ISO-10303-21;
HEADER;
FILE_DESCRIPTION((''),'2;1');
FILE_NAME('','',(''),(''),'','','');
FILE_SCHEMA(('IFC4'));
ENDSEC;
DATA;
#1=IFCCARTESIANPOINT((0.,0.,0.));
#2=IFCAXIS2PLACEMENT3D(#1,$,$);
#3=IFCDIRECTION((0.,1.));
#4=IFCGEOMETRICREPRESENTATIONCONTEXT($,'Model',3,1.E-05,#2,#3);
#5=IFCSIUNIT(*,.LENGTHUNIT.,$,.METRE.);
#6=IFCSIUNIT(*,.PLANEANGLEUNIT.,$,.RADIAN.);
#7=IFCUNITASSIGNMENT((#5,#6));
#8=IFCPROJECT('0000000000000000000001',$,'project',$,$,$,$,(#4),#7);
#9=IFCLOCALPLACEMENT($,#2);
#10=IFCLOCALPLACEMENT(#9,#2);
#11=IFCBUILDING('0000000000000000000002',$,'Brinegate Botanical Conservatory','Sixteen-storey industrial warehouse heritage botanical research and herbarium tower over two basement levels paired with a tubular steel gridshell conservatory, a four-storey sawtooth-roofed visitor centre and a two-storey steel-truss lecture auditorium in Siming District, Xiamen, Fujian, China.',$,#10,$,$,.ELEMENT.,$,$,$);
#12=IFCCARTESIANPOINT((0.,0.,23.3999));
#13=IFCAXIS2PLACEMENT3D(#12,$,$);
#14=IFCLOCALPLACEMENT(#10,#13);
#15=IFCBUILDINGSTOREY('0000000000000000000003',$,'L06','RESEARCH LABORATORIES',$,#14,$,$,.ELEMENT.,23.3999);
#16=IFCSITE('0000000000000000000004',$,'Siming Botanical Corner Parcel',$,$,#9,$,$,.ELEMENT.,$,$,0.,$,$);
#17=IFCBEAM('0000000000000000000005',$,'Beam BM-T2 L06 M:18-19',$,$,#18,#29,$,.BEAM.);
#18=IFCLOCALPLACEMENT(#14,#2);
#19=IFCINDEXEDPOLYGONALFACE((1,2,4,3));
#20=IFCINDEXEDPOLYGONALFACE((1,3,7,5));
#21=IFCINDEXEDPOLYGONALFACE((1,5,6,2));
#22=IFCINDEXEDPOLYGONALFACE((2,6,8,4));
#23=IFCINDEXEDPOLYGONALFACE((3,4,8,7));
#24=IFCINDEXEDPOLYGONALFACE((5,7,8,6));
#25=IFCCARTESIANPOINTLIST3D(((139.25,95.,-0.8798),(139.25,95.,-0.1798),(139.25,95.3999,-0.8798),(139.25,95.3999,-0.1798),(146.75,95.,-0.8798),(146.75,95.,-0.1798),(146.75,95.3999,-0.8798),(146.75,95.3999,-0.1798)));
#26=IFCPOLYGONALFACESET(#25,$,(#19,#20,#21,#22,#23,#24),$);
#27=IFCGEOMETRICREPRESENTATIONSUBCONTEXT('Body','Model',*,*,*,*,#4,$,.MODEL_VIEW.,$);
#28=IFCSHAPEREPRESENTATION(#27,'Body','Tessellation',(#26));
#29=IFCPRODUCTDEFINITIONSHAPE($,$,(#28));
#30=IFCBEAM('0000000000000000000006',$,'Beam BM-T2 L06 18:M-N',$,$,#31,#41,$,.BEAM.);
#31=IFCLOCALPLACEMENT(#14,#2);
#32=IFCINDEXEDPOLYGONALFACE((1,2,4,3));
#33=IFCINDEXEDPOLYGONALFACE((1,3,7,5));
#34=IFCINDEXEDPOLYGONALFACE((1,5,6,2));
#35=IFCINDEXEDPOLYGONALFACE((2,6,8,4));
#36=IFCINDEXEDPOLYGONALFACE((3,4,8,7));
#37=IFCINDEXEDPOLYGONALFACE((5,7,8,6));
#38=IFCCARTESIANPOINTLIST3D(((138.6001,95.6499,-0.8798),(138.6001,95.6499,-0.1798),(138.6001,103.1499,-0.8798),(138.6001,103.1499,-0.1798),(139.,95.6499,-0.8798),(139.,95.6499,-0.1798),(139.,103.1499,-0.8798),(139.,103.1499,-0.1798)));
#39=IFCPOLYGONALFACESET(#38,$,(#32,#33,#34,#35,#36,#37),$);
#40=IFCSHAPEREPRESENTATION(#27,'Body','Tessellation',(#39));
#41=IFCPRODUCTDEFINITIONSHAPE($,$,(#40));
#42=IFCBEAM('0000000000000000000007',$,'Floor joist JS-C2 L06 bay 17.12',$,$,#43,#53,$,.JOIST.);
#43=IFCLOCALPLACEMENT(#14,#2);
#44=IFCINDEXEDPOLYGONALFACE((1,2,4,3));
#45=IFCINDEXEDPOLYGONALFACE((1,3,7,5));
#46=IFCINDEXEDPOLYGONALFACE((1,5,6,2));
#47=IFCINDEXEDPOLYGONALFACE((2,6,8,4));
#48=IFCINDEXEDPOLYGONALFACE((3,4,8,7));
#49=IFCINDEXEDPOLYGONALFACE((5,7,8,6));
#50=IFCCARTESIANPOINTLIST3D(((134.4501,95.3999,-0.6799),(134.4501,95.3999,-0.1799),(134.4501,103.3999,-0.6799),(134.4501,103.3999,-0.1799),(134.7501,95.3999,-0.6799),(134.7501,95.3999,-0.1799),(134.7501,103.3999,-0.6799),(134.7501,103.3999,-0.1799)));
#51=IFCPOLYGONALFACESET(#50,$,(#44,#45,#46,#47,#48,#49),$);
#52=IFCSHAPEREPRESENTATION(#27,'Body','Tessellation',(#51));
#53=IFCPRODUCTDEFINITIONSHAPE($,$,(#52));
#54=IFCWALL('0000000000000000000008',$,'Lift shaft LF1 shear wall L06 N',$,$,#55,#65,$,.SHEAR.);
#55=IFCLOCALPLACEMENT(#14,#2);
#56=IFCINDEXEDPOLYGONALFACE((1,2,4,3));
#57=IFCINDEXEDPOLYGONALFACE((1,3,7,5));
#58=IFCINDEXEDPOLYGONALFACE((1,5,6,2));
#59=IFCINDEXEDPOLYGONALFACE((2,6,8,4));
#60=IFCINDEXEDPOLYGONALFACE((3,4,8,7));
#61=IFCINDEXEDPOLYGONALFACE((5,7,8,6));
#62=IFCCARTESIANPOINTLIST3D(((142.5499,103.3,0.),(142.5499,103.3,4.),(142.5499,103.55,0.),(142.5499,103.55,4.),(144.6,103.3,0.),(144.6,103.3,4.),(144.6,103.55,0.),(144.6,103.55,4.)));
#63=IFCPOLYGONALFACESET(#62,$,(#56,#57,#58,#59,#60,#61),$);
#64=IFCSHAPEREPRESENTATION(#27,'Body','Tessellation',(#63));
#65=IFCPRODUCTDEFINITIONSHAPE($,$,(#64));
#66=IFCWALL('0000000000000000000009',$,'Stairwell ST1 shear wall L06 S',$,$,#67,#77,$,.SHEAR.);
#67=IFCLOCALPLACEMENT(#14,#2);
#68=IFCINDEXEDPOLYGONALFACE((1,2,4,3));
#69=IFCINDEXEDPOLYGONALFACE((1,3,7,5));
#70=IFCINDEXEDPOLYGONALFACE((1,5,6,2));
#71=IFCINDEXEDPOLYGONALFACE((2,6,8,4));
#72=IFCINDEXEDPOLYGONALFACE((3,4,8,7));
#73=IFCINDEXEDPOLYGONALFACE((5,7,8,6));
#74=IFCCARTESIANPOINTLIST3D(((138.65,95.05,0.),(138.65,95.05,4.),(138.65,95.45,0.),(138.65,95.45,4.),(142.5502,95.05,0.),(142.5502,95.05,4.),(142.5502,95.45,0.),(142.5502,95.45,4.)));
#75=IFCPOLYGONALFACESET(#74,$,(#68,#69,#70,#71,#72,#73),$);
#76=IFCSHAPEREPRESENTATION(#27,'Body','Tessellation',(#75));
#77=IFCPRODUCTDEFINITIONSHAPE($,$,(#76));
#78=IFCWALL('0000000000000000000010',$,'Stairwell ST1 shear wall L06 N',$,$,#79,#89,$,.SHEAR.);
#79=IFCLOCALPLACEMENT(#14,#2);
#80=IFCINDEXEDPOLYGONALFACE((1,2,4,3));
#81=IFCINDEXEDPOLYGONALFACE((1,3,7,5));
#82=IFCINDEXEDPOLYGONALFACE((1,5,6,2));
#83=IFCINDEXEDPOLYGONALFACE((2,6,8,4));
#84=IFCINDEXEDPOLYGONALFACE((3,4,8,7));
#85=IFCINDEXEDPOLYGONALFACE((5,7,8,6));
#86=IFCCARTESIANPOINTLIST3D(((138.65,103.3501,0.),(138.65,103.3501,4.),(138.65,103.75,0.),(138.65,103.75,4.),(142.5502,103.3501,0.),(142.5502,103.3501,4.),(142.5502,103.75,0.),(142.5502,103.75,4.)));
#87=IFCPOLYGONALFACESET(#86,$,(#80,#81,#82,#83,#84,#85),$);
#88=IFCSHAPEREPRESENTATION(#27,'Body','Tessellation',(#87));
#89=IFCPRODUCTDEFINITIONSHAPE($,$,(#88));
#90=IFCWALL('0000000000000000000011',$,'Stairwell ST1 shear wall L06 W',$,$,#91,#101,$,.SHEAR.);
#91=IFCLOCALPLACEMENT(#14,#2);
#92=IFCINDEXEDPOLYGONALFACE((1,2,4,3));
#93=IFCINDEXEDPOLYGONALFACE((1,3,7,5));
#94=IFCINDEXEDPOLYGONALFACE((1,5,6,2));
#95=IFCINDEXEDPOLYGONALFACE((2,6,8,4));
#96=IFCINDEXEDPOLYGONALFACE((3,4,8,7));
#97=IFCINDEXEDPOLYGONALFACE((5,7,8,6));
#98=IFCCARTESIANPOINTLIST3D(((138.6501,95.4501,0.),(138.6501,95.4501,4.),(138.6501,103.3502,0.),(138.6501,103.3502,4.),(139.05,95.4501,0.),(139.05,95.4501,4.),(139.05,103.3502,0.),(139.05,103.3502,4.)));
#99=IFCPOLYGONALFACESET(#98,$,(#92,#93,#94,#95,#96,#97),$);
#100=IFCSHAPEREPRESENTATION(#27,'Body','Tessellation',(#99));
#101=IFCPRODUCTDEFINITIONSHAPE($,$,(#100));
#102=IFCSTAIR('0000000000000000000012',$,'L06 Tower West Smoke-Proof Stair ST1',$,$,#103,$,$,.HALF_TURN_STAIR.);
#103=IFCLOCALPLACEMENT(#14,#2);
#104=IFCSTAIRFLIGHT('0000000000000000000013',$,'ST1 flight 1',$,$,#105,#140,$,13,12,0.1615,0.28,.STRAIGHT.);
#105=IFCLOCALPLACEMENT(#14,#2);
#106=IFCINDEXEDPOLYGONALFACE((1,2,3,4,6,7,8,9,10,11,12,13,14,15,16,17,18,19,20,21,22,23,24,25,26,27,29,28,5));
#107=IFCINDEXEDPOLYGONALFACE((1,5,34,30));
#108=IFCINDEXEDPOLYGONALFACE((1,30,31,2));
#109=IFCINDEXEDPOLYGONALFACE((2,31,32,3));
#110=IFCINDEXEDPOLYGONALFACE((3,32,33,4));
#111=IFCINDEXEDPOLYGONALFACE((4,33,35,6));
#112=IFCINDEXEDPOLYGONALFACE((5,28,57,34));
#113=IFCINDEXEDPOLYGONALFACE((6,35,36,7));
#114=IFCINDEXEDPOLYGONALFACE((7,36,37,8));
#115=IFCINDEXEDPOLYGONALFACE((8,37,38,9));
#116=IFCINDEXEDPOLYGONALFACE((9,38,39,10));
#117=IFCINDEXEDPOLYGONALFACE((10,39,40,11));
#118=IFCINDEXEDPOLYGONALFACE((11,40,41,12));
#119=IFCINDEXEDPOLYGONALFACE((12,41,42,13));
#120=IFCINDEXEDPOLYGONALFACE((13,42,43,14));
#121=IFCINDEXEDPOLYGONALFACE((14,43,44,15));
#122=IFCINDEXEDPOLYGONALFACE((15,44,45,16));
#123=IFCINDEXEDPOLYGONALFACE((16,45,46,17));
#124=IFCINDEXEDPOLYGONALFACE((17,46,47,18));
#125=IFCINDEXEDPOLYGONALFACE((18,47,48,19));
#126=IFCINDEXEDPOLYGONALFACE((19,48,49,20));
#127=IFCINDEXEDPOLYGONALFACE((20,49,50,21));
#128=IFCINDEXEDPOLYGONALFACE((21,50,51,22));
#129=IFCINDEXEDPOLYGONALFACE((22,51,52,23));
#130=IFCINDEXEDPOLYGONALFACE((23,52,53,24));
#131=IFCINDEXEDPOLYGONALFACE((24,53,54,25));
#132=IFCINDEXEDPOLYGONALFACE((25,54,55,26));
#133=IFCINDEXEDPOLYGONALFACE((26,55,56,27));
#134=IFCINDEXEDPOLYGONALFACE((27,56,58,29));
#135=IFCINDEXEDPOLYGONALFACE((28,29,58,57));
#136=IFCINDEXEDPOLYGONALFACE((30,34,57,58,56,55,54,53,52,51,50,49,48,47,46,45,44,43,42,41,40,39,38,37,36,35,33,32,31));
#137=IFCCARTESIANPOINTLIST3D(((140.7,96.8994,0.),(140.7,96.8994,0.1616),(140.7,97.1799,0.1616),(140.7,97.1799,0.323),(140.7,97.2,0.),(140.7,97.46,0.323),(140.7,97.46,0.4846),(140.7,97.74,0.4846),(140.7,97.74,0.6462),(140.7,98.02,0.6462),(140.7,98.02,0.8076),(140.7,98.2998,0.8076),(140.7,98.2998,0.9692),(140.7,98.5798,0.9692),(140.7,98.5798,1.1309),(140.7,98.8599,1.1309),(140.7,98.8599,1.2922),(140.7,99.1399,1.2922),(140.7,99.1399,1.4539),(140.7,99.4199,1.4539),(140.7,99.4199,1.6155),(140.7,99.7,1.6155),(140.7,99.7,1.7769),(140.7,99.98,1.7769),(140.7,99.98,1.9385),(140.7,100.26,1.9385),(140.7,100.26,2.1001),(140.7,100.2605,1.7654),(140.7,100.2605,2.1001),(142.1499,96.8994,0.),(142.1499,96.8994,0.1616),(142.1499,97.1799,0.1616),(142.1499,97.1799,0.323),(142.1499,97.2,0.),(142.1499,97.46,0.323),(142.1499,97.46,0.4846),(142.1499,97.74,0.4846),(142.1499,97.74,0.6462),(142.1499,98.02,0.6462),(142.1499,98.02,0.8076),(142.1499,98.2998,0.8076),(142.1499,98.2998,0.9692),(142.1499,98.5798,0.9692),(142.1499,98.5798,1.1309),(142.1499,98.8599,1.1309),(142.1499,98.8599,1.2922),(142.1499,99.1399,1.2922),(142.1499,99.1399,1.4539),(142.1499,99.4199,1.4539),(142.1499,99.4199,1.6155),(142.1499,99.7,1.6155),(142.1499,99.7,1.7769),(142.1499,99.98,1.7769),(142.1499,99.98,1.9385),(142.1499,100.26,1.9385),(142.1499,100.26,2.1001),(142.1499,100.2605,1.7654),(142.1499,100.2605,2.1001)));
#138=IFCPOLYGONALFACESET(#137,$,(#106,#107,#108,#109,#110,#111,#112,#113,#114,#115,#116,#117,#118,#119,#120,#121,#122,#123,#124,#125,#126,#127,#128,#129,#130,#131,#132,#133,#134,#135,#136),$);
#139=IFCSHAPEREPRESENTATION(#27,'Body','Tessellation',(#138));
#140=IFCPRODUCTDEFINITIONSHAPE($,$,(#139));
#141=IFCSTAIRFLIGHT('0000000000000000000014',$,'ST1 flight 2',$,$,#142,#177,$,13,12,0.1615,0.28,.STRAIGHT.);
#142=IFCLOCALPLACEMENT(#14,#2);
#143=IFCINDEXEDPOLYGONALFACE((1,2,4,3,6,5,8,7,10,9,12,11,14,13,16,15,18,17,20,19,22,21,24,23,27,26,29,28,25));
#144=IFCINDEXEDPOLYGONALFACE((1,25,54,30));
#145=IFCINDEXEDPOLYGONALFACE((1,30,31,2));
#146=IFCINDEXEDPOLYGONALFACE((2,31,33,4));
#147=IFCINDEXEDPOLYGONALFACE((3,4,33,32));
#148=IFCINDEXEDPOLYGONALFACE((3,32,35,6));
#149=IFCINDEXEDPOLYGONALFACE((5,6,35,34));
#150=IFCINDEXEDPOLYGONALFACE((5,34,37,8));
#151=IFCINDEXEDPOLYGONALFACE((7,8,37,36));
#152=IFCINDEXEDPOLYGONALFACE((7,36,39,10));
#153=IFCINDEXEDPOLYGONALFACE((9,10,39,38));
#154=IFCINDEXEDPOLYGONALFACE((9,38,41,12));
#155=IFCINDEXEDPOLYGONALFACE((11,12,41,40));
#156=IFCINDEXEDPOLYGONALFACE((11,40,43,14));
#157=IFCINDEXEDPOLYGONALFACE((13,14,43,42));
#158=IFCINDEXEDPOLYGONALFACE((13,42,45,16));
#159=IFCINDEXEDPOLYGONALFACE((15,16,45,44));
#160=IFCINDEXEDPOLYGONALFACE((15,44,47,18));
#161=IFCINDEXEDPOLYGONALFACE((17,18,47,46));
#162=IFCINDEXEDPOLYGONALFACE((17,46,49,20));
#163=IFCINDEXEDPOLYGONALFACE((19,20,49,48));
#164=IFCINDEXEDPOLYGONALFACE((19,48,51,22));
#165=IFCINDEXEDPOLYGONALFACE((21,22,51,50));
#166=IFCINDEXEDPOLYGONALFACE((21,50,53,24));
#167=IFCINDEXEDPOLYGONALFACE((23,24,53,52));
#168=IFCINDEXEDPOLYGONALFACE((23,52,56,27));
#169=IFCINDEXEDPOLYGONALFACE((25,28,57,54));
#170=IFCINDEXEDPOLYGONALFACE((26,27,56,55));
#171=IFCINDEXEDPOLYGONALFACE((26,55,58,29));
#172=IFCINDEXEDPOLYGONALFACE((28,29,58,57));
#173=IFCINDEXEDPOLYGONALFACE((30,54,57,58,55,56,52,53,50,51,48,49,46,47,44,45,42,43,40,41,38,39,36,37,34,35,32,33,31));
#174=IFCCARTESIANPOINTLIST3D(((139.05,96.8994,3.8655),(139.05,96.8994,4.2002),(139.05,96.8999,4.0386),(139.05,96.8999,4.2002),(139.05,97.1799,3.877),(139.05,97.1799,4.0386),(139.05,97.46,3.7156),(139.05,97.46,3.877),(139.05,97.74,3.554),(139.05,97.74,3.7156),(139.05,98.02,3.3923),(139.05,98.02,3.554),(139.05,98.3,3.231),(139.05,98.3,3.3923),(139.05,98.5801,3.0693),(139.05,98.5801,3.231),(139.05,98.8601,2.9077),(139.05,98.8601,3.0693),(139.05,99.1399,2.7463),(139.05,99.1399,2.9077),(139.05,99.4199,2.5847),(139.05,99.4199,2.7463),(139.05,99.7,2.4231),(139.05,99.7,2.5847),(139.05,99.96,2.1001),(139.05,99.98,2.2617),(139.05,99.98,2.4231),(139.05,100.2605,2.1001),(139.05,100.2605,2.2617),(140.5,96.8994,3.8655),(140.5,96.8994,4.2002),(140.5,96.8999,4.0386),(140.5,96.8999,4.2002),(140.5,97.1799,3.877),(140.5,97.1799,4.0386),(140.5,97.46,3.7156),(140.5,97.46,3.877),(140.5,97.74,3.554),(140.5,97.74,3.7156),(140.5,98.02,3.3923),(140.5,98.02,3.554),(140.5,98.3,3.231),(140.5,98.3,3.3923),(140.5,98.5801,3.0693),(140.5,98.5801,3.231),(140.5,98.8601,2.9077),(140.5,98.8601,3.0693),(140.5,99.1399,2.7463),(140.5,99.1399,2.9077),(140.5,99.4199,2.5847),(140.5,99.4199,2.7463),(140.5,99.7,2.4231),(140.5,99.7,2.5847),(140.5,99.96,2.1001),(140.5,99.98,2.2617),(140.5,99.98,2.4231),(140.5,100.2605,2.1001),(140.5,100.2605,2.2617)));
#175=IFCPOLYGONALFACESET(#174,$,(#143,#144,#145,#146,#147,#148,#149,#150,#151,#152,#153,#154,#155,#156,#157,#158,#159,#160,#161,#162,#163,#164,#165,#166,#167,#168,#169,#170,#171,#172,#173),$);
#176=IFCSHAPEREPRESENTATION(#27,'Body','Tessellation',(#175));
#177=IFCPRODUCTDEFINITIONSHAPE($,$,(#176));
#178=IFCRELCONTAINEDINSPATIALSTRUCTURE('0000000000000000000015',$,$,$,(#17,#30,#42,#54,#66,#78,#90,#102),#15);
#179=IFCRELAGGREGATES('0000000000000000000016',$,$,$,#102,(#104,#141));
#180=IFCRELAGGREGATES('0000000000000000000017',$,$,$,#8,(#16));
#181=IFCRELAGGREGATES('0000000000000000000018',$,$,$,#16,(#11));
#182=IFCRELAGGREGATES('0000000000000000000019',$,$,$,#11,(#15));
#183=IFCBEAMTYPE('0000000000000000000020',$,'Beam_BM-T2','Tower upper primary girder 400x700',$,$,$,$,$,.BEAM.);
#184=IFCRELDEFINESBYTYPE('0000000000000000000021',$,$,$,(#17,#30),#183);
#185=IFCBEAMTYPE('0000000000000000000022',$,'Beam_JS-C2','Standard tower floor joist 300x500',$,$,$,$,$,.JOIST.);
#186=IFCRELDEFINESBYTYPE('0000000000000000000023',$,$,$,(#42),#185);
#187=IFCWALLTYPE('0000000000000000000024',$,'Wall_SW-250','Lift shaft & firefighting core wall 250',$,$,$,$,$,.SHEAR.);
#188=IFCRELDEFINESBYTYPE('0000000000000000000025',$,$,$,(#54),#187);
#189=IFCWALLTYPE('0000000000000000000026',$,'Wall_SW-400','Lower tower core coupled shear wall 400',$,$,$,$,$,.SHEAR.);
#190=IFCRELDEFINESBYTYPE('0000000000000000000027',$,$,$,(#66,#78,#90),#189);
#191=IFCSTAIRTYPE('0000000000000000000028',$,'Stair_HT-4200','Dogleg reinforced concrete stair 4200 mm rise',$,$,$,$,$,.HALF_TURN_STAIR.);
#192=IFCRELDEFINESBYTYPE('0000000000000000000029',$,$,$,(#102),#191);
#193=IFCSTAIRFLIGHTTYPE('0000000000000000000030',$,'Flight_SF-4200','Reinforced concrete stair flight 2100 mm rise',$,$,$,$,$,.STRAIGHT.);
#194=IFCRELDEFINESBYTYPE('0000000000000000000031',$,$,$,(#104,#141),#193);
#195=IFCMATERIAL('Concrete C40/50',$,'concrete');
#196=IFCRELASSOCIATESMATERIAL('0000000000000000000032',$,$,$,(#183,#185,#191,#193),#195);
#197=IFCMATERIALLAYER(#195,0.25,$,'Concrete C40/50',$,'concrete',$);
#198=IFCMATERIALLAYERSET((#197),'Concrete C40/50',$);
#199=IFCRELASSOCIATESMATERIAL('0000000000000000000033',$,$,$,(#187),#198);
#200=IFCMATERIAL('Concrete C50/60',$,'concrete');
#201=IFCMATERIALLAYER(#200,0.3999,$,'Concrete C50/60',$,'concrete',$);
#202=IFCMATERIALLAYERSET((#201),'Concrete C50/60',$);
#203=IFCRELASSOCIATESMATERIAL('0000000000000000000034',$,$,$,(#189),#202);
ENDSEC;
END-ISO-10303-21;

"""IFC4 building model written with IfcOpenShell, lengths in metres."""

from ifc_helpers import new_model, si_unit, direction, frame, frame_2d, origin, origin_2d, place, context, subcontext, project, spatial, polyline, rectangle, outline, extrude, material, layer, layer_set, material_profile, profile_set, type_object, element, aggregate, save


model = new_model("IFC4")

# Units and contexts
model_context = context("Model", 3, precision=1e-05, world=origin(), true_north=direction((0.0, 1.0)))
body_context = subcontext(model_context, "Body", "Model", "MODEL_VIEW")
ifc_project = project(units=[si_unit("LENGTHUNIT", "METRE"), si_unit("PLANEANGLEUNIT", "RADIAN")], contexts=[model_context])

# Site, building, storey
site_placement = place(None, origin())
site = spatial("IfcSite", under=ifc_project, at=site_placement, Name="Siming Botanical Corner Parcel", CompositionType="ELEMENT", RefElevation=0.0)
building_placement = place(site_placement, origin())
building = spatial("IfcBuilding", under=site, at=building_placement, Name="Brinegate Botanical Conservatory", Description="Sixteen-storey industrial warehouse heritage botanical research and herbarium tower over two basement levels paired with a tubular steel gridshell conservatory, a four-storey sawtooth-roofed visitor centre and a two-storey steel-truss lecture auditorium in Siming District, Xiamen, Fujian, China.", CompositionType="ELEMENT")
storey_placement = place(building_placement, frame((0.0, 0.0, 23.3999)))
storey = spatial("IfcBuildingStorey", under=building, at=storey_placement, Name="L06", Description="RESEARCH LABORATORIES", CompositionType="ELEMENT", Elevation=23.3999)

# Beams
ifc_material_1 = material(Name="Concrete C40/50", Category="concrete")
ifc_material_profile_1 = material_profile(ifc_material_1, rectangle(XDim=0.3999, YDim=0.7, at=origin_2d()), Name="RC BM 400x700")
ifc_profile_set_1 = profile_set([ifc_material_profile_1], Name="Concrete C40/50")
beam_type_1 = type_object("IfcBeamType", Name="Beam_BM-T2", Description="Tower upper primary girder 400x700", PredefinedType="BEAM", material=ifc_profile_set_1)
for number, where, z_axis, x_axis, name in (
    (1, (139.25, 95.2, -0.5298), (1.0, 0.0, 0.0), (0.0, 1.0, 0.0), "Beam BM-T2 L06 M:18-19"),
    (2, (138.8, 95.6499, -0.5298), (0.0, 1.0, 0.0), (-1.0, 0.0, 0.0), "Beam BM-T2 L06 18:M-N"),
):
    element("IfcBeam", number, at=place(storey_placement, frame(where, z_axis=z_axis, x_axis=x_axis)), inside=storey, type_object=beam_type_1, Name=name, PredefinedType="BEAM", context=body_context, shape_type="SweptSolid", body=[
        extrude(rectangle(XDim=0.3999, YDim=0.7, at=origin_2d()), origin(), (0.0, 0.0, 1.0), 7.5),
    ])
ifc_material_profile_2 = material_profile(ifc_material_1, rectangle(XDim=0.3, YDim=0.5, at=origin_2d()), Name="RC JST 300x500")
ifc_profile_set_2 = profile_set([ifc_material_profile_2], Name="Concrete C40/50")
beam_type_2 = type_object("IfcBeamType", Name="Beam_JS-C2", Description="Standard tower floor joist 300x500", PredefinedType="JOIST", material=ifc_profile_set_2)
beam_placement = place(storey_placement, frame((134.6001, 95.3999, -0.4299), z_axis=(0.0, 1.0, 0.0), x_axis=(-1.0, 0.0, 0.0)))
element("IfcBeam", 3, at=beam_placement, inside=storey, type_object=beam_type_2, Name="Floor joist JS-C2 L06 bay 17.12", PredefinedType="JOIST", context=body_context, shape_type="SweptSolid", body=[
    extrude(rectangle(XDim=0.3, YDim=0.5, at=origin_2d()), origin(), (0.0, 0.0, 1.0), 8.0),
])

# Shared definitions
ifc_layer_1 = layer(ifc_material_1, 0.25, Name="Concrete C40/50", Category="concrete")
ifc_layer_set_1 = layer_set([ifc_layer_1], Name="Concrete C40/50")
wall_type_1 = type_object("IfcWallType", Name="Wall_SW-250", Description="Lift shaft & firefighting core wall 250", PredefinedType="SHEAR", material=ifc_layer_set_1)

# Walls
wall_1_placement = place(storey_placement, frame((142.55, 103.425, 0.0), z_axis=(0.0, 0.0, 1.0), x_axis=(1.0, 0.0, 0.0)))
element("IfcWall", 4, at=wall_1_placement, inside=storey, type_object=wall_type_1, Name="Lift shaft LF1 shear wall L06 N", PredefinedType="SHEAR", context=body_context, shape_type="SweptSolid", body=[
    extrude(rectangle(XDim=2.05, YDim=0.25, at=frame_2d((1.0249, 0.0))), origin(), (0.0, 0.0, 1.0), 4.0),
])
ifc_material_2 = material(Name="Concrete C50/60", Category="concrete")
ifc_layer_2 = layer(ifc_material_2, 0.3999, Name="Concrete C50/60", Category="concrete")
ifc_layer_set_2 = layer_set([ifc_layer_2], Name="Concrete C50/60")
wall_type_2 = type_object("IfcWallType", Name="Wall_SW-400", Description="Lower tower core coupled shear wall 400", PredefinedType="SHEAR", material=ifc_layer_set_2)
for number, where, z_axis, x_axis, name in (
    (5, (138.6499, 95.25, 0.0), (0.0, 0.0, 1.0), (1.0, 0.0, 0.0), "Stairwell ST1 shear wall L06 S"),
    (6, (138.6499, 103.55, 0.0), (0.0, 0.0, 1.0), (1.0, 0.0, 0.0), "Stairwell ST1 shear wall L06 N"),
):
    element("IfcWall", number, at=place(storey_placement, frame(where, z_axis=z_axis, x_axis=x_axis)), inside=storey, type_object=wall_type_2, Name=name, PredefinedType="SHEAR", context=body_context, shape_type="SweptSolid", body=[
        extrude(rectangle(XDim=3.9001, YDim=0.3999, at=frame_2d((1.9502, 0.0))), origin(), (0.0, 0.0, 1.0), 4.0),
    ])
wall_2_placement = place(storey_placement, frame((138.8501, 95.45, 0.0), z_axis=(0.0, 0.0, 1.0), x_axis=(0.0, 1.0, 0.0)))
element("IfcWall", 7, at=wall_2_placement, inside=storey, type_object=wall_type_2, Name="Stairwell ST1 shear wall L06 W", PredefinedType="SHEAR", context=body_context, shape_type="SweptSolid", body=[
    extrude(rectangle(XDim=7.9001, YDim=0.3999, at=frame_2d((3.9502, 0.0))), origin(), (0.0, 0.0, 1.0), 4.0),
])

# Stair, stair flights
stair_type = type_object("IfcStairType", Name="Stair_HT-4200", Description="Dogleg reinforced concrete stair 4200 mm rise", PredefinedType="HALF_TURN_STAIR", material=ifc_material_1)
stair_placement = place(storey_placement, origin())
stair = element("IfcStair", 8, at=stair_placement, inside=storey, type_object=stair_type, Name="L06 Tower West Smoke-Proof Stair ST1", PredefinedType="HALF_TURN_STAIR")
stair_flight_type = type_object("IfcStairFlightType", Name="Flight_SF-4200", Description="Reinforced concrete stair flight 2100 mm rise", PredefinedType="STRAIGHT", material=ifc_material_1)
stair_flight_1_placement = place(storey_placement, frame((141.425, 96.8999, 0.0), z_axis=(0.0, 0.0, 1.0), x_axis=(0.0, 1.0, 0.0)))
stair_flight_1 = element("IfcStairFlight", 9, at=stair_flight_1_placement, type_object=stair_flight_type, Name="ST1 flight 1", NumberOfRisers=13, NumberOfTreads=12, PredefinedType="STRAIGHT", RiserHeight=0.1615, TreadLength=0.28, context=body_context, shape_type="SweptSolid", body=[
    extrude(outline(polyline([(-0.0005, 0.0), (-0.0005, 0.1616), (0.28, 0.1616), (0.28, 0.323), (0.5601, 0.323), (0.5601, 0.4846), (0.8401, 0.4846), (0.8401, 0.6462), (1.1201, 0.6462), (1.1201, 0.8076), (1.3999, 0.8076), (1.3999, 0.9692), (1.6799, 0.9692), (1.6799, 1.1309), (1.96, 1.1309), (1.96, 1.2922), (2.24, 1.2922), (2.24, 1.4539), (2.52, 1.4539), (2.52, 1.6155), (2.8, 1.6155), (2.8, 1.7769), (3.0801, 1.7769), (3.0801, 1.9385), (3.3601, 1.9385), (3.3601, 2.1001), (3.3606, 2.1001), (3.3606, 1.7654), (0.3, 0.0), (-0.0005, 0.0)])), frame((0.0, 0.7251, 0.0), z_axis=(0.0, -1.0, 0.0), x_axis=(1.0, 0.0, 0.0)), (0.0, 0.0, 1.0), 1.45),
])
stair_flight_2_placement = place(storey_placement, frame((139.7749, 100.26, 2.1001), z_axis=(0.0, 0.0, 1.0), x_axis=(0.0, -1.0, 0.0)))
stair_flight_2 = element("IfcStairFlight", 10, at=stair_flight_2_placement, type_object=stair_flight_type, Name="ST1 flight 2", NumberOfRisers=13, NumberOfTreads=12, PredefinedType="STRAIGHT", RiserHeight=0.1615, TreadLength=0.28, context=body_context, shape_type="SweptSolid", body=[
    extrude(outline(polyline([(-0.0005, 0.0), (-0.0005, 0.1616), (0.28, 0.1616), (0.28, 0.323), (0.5601, 0.323), (0.5601, 0.4846), (0.8401, 0.4846), (0.8401, 0.6462), (1.1201, 0.6462), (1.1201, 0.8076), (1.3999, 0.8076), (1.3999, 0.9692), (1.6799, 0.9692), (1.6799, 1.1309), (1.96, 1.1309), (1.96, 1.2922), (2.24, 1.2922), (2.24, 1.4539), (2.52, 1.4539), (2.52, 1.6155), (2.8, 1.6155), (2.8, 1.7769), (3.0801, 1.7769), (3.0801, 1.9385), (3.3601, 1.9385), (3.3601, 2.1001), (3.3606, 2.1001), (3.3606, 1.7654), (0.3, 0.0), (-0.0005, 0.0)])), frame((0.0, 0.7251, 0.0), z_axis=(0.0, -1.0, 0.0), x_axis=(1.0, 0.0, 0.0)), (0.0, 0.0, 1.0), 1.45),
])
aggregate(stair, [stair_flight_1, stair_flight_2])

save(model, "model.ifc")
